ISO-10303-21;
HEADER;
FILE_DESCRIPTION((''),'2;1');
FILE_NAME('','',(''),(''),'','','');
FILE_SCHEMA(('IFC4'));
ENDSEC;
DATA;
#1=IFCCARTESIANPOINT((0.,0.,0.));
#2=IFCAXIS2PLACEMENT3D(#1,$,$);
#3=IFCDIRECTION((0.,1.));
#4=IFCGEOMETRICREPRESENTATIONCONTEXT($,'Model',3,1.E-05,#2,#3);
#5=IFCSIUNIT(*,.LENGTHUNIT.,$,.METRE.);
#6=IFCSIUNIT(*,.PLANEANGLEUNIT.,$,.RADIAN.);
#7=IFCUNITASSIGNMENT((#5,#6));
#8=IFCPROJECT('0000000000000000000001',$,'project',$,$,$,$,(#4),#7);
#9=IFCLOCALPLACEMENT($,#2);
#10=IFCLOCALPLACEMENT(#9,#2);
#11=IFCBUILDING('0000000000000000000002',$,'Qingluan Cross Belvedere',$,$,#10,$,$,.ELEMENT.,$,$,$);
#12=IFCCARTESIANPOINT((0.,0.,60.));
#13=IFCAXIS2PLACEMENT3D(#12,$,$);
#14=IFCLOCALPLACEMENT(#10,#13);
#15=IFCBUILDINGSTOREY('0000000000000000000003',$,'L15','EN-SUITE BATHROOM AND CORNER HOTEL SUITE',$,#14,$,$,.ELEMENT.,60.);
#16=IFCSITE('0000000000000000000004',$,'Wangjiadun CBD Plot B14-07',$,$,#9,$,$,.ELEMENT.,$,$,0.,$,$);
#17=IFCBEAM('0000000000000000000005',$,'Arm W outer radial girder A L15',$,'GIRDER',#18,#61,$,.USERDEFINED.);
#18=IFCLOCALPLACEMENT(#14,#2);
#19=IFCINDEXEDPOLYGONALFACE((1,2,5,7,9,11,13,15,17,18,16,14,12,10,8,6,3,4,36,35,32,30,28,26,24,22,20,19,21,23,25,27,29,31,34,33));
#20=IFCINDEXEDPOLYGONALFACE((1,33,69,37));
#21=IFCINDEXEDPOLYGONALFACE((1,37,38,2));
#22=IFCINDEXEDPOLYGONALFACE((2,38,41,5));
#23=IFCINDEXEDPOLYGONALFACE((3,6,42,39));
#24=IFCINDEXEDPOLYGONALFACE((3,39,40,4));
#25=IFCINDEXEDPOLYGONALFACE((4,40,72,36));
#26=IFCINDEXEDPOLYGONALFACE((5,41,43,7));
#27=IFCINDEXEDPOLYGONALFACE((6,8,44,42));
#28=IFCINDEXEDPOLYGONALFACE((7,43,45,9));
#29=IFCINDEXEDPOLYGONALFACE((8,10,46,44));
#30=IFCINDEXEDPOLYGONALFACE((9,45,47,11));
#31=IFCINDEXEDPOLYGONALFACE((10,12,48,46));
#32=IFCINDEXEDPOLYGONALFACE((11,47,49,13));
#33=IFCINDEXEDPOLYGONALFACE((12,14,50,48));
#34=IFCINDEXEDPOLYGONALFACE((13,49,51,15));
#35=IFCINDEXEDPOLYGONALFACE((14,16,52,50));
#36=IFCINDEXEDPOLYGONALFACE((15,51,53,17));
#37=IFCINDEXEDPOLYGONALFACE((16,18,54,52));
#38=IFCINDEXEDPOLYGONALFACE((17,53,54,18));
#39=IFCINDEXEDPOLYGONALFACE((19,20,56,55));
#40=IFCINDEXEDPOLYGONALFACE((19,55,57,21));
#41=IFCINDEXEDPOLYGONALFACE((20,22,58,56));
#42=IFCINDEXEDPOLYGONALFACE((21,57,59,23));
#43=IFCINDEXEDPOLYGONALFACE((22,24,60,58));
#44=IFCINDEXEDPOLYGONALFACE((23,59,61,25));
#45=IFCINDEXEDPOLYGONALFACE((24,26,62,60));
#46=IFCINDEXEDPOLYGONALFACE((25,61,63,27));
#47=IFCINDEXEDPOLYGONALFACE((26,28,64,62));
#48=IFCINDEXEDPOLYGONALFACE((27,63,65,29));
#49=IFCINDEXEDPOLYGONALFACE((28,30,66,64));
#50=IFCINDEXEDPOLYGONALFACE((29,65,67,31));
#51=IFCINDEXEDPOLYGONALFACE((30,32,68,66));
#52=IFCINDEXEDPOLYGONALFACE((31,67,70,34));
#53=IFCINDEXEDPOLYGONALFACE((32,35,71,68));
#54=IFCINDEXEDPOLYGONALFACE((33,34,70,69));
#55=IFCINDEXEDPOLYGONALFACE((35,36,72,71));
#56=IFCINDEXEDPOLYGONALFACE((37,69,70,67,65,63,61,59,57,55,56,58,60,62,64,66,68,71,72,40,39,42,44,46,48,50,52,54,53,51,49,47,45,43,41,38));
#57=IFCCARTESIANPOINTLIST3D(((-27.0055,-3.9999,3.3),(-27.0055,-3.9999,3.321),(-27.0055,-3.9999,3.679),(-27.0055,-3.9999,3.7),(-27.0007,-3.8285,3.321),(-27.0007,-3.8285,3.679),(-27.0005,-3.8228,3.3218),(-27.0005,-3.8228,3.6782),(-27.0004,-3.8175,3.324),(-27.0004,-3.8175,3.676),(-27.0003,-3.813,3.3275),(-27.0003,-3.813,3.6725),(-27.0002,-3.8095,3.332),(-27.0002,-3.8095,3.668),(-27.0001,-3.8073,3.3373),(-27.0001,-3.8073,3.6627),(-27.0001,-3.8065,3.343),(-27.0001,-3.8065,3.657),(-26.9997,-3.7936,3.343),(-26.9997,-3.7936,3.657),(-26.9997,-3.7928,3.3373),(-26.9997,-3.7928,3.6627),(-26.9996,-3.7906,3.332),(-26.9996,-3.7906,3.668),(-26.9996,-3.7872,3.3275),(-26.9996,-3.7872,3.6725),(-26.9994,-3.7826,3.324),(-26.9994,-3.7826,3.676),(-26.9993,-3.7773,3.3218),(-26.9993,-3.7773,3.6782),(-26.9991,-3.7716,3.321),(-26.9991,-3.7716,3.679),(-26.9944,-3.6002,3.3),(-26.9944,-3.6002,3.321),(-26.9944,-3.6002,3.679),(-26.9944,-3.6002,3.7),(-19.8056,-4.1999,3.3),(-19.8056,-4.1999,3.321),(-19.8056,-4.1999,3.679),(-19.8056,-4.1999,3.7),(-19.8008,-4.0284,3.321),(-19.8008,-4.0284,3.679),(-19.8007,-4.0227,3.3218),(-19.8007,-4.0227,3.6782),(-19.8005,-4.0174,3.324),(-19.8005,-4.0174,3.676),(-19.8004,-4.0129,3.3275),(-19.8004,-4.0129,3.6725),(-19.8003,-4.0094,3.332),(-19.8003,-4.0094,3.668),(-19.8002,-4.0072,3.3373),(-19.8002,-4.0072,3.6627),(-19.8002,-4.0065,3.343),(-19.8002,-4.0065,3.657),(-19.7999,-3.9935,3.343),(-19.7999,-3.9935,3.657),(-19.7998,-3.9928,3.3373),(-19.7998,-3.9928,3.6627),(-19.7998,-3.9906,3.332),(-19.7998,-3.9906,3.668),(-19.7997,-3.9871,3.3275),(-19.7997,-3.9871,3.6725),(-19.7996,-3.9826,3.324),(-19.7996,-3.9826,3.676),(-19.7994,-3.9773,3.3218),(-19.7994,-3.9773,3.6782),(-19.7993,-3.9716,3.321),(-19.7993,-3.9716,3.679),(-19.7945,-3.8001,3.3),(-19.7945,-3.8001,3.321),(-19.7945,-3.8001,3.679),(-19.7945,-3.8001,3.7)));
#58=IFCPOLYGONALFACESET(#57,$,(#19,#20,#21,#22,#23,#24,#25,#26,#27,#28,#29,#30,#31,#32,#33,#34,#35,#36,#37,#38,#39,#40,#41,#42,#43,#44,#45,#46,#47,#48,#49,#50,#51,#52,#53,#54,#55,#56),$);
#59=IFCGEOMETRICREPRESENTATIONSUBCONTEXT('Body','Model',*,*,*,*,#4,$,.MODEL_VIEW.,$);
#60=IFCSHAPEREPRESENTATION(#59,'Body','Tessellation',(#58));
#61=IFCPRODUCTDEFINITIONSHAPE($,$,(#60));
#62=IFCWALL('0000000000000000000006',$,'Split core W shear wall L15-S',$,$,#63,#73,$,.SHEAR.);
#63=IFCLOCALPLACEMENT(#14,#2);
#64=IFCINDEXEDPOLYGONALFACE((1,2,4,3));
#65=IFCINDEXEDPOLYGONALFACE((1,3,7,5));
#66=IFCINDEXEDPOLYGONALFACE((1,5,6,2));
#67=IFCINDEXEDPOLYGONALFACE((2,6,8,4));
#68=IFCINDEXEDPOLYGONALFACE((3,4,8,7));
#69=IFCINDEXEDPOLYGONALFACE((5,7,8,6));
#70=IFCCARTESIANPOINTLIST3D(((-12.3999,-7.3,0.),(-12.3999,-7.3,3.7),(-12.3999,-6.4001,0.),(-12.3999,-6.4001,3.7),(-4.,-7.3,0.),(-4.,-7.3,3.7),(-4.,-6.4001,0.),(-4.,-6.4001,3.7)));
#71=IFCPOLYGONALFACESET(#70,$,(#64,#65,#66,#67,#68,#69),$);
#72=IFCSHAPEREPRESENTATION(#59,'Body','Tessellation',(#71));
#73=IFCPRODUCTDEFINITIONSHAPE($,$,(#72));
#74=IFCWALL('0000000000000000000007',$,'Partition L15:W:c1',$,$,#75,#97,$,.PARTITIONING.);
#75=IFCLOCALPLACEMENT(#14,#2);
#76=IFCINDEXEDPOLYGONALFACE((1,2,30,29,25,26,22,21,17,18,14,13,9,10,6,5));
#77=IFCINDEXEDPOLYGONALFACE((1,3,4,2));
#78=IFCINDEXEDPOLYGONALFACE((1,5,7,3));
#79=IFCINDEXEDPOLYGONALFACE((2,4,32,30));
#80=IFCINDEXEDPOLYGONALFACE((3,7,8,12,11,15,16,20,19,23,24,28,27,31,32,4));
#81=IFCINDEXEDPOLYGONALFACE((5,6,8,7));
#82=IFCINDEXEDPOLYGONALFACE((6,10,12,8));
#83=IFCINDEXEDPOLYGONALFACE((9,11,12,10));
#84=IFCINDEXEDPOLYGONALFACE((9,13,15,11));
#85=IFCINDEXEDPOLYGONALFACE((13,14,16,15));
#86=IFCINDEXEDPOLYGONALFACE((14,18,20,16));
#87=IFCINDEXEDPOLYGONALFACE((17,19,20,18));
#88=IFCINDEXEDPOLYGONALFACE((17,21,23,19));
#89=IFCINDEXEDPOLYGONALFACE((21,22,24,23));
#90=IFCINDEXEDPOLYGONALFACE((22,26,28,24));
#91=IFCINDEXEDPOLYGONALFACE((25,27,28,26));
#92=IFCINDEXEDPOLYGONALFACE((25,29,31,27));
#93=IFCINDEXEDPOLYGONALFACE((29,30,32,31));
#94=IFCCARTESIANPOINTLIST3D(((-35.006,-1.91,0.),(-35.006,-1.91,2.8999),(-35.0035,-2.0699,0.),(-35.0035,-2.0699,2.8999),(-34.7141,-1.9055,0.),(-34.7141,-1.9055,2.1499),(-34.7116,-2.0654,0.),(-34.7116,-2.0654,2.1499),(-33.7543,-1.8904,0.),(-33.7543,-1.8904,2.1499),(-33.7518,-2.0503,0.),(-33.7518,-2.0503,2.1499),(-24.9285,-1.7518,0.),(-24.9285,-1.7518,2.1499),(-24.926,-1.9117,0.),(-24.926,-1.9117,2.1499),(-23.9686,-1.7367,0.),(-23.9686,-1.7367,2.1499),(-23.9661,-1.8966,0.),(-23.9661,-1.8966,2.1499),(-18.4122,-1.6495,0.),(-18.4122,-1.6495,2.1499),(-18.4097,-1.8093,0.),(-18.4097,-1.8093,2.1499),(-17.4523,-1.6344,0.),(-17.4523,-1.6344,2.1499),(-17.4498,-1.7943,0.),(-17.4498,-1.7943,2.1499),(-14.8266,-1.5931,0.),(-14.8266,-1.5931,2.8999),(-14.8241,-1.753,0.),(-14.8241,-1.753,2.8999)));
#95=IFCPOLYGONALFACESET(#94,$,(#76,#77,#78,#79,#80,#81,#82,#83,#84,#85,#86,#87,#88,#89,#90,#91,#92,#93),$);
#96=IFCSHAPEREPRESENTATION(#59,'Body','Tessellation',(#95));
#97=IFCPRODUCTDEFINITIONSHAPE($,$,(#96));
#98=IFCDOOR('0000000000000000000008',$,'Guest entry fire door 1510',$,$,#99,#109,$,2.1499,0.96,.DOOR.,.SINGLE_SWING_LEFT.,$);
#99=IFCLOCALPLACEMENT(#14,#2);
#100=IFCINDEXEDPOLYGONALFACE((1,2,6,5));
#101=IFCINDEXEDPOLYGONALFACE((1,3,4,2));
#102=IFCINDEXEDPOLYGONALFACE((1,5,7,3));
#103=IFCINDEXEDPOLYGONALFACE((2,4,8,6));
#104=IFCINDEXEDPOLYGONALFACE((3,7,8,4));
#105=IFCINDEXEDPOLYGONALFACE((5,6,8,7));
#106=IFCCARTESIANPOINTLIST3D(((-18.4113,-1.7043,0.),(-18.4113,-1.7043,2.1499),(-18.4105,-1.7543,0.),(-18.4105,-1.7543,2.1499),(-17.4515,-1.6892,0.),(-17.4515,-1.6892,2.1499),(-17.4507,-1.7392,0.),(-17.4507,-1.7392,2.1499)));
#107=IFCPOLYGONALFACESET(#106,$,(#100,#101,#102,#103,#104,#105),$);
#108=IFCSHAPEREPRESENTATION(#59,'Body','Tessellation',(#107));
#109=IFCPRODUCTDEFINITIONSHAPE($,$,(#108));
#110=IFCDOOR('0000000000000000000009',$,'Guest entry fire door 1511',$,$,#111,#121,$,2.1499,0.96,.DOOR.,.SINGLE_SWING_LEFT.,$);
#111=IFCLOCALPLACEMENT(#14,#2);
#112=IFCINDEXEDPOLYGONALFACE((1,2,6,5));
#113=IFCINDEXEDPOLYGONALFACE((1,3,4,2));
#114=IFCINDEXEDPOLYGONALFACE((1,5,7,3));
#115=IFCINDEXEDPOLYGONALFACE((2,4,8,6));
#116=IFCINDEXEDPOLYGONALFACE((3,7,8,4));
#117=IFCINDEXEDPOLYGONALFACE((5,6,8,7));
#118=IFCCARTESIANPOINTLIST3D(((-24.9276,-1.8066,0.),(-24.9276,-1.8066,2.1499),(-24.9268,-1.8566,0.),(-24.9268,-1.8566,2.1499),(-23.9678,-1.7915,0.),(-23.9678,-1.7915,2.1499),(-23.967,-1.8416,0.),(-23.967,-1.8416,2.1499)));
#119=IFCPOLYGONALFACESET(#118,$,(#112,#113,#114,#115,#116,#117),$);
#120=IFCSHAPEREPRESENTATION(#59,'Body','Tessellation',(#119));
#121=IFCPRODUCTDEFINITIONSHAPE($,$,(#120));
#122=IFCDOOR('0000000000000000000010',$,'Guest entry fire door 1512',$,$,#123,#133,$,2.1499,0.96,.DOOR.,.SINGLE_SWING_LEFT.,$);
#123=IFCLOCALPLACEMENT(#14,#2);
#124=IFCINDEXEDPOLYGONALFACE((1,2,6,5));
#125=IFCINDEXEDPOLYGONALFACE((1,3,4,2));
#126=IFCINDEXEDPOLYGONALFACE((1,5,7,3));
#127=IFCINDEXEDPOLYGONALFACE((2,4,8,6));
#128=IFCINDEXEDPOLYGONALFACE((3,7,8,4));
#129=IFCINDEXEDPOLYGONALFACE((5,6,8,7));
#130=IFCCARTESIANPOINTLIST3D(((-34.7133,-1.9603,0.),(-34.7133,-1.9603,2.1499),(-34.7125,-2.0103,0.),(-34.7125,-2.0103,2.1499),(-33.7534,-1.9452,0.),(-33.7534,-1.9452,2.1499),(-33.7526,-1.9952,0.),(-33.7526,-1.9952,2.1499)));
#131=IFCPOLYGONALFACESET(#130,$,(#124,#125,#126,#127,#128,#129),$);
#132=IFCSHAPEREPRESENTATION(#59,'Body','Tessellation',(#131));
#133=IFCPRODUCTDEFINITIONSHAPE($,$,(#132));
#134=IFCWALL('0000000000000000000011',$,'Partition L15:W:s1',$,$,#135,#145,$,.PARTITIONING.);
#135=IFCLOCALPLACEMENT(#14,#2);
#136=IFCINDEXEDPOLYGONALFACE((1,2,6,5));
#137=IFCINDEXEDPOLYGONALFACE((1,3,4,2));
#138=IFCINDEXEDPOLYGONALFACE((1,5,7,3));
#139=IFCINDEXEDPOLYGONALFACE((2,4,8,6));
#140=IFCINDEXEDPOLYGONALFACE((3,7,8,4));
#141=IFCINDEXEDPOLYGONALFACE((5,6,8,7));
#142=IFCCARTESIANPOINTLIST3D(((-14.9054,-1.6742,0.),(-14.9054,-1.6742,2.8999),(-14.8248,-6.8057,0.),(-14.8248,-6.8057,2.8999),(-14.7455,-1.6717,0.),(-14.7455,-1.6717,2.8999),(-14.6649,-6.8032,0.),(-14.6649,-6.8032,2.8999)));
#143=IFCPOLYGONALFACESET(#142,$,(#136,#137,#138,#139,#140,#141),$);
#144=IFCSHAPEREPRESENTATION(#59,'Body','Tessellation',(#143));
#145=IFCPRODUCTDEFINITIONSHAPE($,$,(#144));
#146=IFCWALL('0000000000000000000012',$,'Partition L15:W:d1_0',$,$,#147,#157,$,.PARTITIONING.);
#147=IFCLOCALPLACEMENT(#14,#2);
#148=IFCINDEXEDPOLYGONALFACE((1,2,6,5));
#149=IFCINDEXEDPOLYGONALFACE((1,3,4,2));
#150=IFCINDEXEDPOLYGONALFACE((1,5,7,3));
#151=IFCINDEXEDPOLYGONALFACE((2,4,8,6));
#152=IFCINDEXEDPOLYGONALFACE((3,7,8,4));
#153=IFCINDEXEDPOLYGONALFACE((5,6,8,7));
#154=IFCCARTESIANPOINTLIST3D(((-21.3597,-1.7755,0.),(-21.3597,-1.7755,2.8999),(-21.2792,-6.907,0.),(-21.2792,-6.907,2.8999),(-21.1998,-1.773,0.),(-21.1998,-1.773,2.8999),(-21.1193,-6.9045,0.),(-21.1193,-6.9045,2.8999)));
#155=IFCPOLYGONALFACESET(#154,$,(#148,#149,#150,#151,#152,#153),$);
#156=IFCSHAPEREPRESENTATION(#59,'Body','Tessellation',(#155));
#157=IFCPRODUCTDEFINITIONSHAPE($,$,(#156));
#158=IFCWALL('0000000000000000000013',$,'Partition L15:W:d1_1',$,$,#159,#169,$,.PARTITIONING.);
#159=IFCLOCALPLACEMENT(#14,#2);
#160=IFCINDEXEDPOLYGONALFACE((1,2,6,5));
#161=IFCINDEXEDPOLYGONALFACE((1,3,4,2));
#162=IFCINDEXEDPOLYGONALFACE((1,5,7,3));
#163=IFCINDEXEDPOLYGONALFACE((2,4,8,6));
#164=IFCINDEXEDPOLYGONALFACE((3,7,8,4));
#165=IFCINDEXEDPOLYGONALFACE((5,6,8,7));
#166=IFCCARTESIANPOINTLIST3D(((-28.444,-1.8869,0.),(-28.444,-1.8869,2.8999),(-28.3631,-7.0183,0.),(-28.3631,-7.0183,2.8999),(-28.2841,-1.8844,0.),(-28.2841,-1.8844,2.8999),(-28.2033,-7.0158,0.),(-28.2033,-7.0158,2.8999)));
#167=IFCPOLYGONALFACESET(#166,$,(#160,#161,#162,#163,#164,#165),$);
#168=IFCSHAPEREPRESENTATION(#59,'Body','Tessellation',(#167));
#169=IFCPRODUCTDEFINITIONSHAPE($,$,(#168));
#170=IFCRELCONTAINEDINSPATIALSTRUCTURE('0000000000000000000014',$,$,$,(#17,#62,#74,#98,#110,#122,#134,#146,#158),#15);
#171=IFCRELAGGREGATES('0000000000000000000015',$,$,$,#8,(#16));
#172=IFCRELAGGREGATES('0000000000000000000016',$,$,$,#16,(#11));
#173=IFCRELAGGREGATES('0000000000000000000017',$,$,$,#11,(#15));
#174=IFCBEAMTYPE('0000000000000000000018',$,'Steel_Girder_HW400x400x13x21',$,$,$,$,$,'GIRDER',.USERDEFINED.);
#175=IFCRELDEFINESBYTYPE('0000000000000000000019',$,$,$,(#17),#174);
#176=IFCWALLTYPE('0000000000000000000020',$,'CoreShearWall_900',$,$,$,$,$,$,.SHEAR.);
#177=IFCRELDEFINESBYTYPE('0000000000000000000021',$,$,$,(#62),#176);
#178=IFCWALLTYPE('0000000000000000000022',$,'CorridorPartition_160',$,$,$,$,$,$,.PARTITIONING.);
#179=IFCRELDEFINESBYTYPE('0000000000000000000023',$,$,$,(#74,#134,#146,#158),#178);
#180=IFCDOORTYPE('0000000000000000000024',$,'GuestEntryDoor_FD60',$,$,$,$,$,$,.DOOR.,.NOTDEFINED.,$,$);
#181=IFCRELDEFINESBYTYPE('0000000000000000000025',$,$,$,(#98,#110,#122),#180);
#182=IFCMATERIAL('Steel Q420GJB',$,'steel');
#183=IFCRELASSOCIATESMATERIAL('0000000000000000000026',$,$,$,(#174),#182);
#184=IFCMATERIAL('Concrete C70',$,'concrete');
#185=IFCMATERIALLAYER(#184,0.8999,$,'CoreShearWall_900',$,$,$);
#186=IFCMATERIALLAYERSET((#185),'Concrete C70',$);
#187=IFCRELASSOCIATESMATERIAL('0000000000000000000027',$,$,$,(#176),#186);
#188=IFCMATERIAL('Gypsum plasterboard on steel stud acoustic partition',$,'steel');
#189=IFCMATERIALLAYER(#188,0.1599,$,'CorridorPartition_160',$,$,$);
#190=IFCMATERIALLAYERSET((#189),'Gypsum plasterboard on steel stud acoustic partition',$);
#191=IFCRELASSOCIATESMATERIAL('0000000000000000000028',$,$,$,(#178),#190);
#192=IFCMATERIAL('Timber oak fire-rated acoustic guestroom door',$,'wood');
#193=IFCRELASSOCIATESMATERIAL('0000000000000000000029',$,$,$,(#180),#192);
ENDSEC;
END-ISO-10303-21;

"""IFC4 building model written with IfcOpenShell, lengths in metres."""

from ifc_helpers import new_model, si_unit, direction, frame, frame_2d, origin, origin_2d, place, context, subcontext, project, spatial, rectangle, i_section, extrude, material, layer, layer_set, material_profile, profile_set, type_object, element, fill, save


model = new_model("IFC4")

# Units and contexts
model_context = context("Model", 3, precision=1e-05, world=origin(), true_north=direction((0.0, 1.0)))
body_context = subcontext(model_context, "Body", "Model", "MODEL_VIEW")
ifc_project = project(units=[si_unit("LENGTHUNIT", "METRE"), si_unit("PLANEANGLEUNIT", "RADIAN")], contexts=[model_context])

# Site, building, storey
site_placement = place(None, origin())
site = spatial("IfcSite", under=ifc_project, at=site_placement, Name="Wangjiadun CBD Plot B14-07", CompositionType="ELEMENT", RefElevation=0.0)
building_placement = place(site_placement, origin())
building = spatial("IfcBuilding", under=site, at=building_placement, Name="Qingluan Cross Belvedere", CompositionType="ELEMENT")
storey_placement = place(building_placement, frame((0.0, 0.0, 60.0)))
storey = spatial("IfcBuildingStorey", under=building, at=storey_placement, Name="L15", Description="EN-SUITE BATHROOM AND CORNER HOTEL SUITE", CompositionType="ELEMENT", Elevation=60.0)

# Beam
ifc_material_1 = material(Name="Steel Q420GJB", Category="steel")
ifc_material_profile_1 = material_profile(ifc_material_1, i_section(OverallWidth=0.3999, OverallDepth=0.3999, WebThickness=0.0129, FlangeThickness=0.021, FilletRadius=0.022, at=origin_2d()), Name="HW400x400x13x21")
ifc_profile_set_1 = profile_set([ifc_material_profile_1], Name="Steel Q420GJB")
beam_type_1 = type_object("IfcBeamType", Name="Steel_Girder_HW400x400x13x21", ElementType="GIRDER", PredefinedType="USERDEFINED", material=ifc_profile_set_1)
beam_1_placement = place(storey_placement, frame((-19.8, -4.0, 3.5), z_axis=(-0.999615, 0.02776, 0.0), x_axis=(-0.02776, -0.999615, 0.0)))
element("IfcBeam", 1, at=beam_1_placement, inside=storey, type_object=beam_type_1, Name="Arm W outer radial girder A L15", ObjectType="GIRDER", PredefinedType="USERDEFINED", context=body_context, shape_type="SweptSolid", body=[
    extrude(i_section(OverallWidth=0.3999, OverallDepth=0.3999, WebThickness=0.0129, FlangeThickness=0.021, FilletRadius=0.022, at=origin_2d()), origin(), (0.0, 0.0, 1.0), 7.2026),
])

# Wall
ifc_material_2 = material(Name="Concrete C70", Category="concrete")
ifc_layer_1 = layer(ifc_material_2, 0.8999, Name="CoreShearWall_900")
ifc_layer_set_1 = layer_set([ifc_layer_1], Name="Concrete C70")
wall_type_1 = type_object("IfcWallType", Name="CoreShearWall_900", PredefinedType="SHEAR", material=ifc_layer_set_1)
wall_1_placement = place(storey_placement, frame((-12.3999, -6.8501, 0.0), z_axis=(0.0, 0.0, 1.0), x_axis=(1.0, 0.0, 0.0)))
element("IfcWall", 2, at=wall_1_placement, inside=storey, type_object=wall_type_1, Name="Split core W shear wall L15-S", PredefinedType="SHEAR", context=body_context, shape_type="SweptSolid", body=[
    extrude(rectangle(XDim=8.3999, YDim=0.8999, at=frame_2d((4.2, 0.0))), origin(), (0.0, 0.0, 1.0), 3.7),
])

# Wall, openings, doors
ifc_material_3 = material(Name="Gypsum plasterboard on steel stud acoustic partition", Category="steel")
ifc_layer_2 = layer(ifc_material_3, 0.1599, Name="CorridorPartition_160")
ifc_layer_set_2 = layer_set([ifc_layer_2], Name="Gypsum plasterboard on steel stud acoustic partition")
wall_type_2 = type_object("IfcWallType", Name="CorridorPartition_160", PredefinedType="PARTITIONING", material=ifc_layer_set_2)
wall_2_placement = place(storey_placement, frame((-14.8254, -1.6731, 0.0), z_axis=(0.0, 0.0, 1.0), x_axis=(-0.999877, -0.015702, 0.0)))
wall_2 = element("IfcWall", 3, at=wall_2_placement, inside=storey, type_object=wall_type_2, Name="Partition L15:W:c1", PredefinedType="PARTITIONING", context=body_context, shape_type="SweptSolid", body=[
    extrude(rectangle(XDim=20.1819, YDim=0.1599, at=frame_2d((10.0908, 0.0))), origin(), (0.0, 0.0, 1.0), 2.8999),
])
opening_1_placement = place(wall_2_placement, frame((2.626, 0.0, 0.0)))
opening_1 = element("IfcOpeningElement", 4, at=opening_1_placement, cuts=wall_2, PredefinedType="OPENING", context=body_context, shape_type="SweptSolid", body=[
    extrude(rectangle(XDim=0.96, YDim=2.1499, at=frame_2d((0.48, 1.075))), frame((0.0, 0.0898, 0.0), z_axis=(0.0, -1.0, 0.0), x_axis=(1.0, 0.0, 0.0)), (0.0, 0.0, 1.0), 0.1799),
])
opening_2_placement = place(wall_2_placement, frame((9.1431, 0.0, 0.0)))
opening_2 = element("IfcOpeningElement", 5, at=opening_2_placement, cuts=wall_2, PredefinedType="OPENING", context=body_context, shape_type="SweptSolid", body=[
    extrude(rectangle(XDim=0.96, YDim=2.1499, at=frame_2d((0.48, 1.075))), frame((0.0, 0.0898, 0.0), z_axis=(0.0, -1.0, 0.0), x_axis=(1.0, 0.0, 0.0)), (0.0, 0.0, 1.0), 0.1799),
])
opening_3_placement = place(wall_2_placement, frame((18.9299, 0.0, 0.0)))
opening_3 = element("IfcOpeningElement", 6, at=opening_3_placement, cuts=wall_2, PredefinedType="OPENING", context=body_context, shape_type="SweptSolid", body=[
    extrude(rectangle(XDim=0.96, YDim=2.1499, at=frame_2d((0.48, 1.075))), frame((0.0, 0.0898, 0.0), z_axis=(0.0, -1.0, 0.0), x_axis=(1.0, 0.0, 0.0)), (0.0, 0.0, 1.0), 0.1799),
])
ifc_material_4 = material(Name="Timber oak fire-rated acoustic guestroom door", Category="wood")
door_type_1 = type_object("IfcDoorType", Name="GuestEntryDoor_FD60", OperationType="NOTDEFINED", PredefinedType="DOOR", material=ifc_material_4)
door_1_placement = place(opening_1_placement, origin())
door_1 = element("IfcDoor", 7, at=door_1_placement, inside=storey, type_object=door_type_1, Name="Guest entry fire door 1510", OperationType="SINGLE_SWING_LEFT", OverallHeight=2.1499, OverallWidth=0.96, PredefinedType="DOOR", context=body_context, shape_type="SweptSolid", body=[
    extrude(rectangle(XDim=0.96, YDim=2.1499, at=frame_2d((0.48, 1.075))), frame((0.0, 0.0249, 0.0), z_axis=(0.0, -1.0, 0.0), x_axis=(1.0, 0.0, 0.0)), (0.0, 0.0, 1.0), 0.05),
])
fill(opening_1, door_1)
door_2_placement = place(opening_2_placement, origin())
door_2 = element("IfcDoor", 8, at=door_2_placement, inside=storey, type_object=door_type_1, Name="Guest entry fire door 1511", OperationType="SINGLE_SWING_LEFT", OverallHeight=2.1499, OverallWidth=0.96, PredefinedType="DOOR", context=body_context, shape_type="SweptSolid", body=[
    extrude(rectangle(XDim=0.96, YDim=2.1499, at=frame_2d((0.48, 1.075))), frame((0.0, 0.0249, 0.0), z_axis=(0.0, -1.0, 0.0), x_axis=(1.0, 0.0, 0.0)), (0.0, 0.0, 1.0), 0.05),
])
fill(opening_2, door_2)
door_3_placement = place(opening_3_placement, origin())
door_3 = element("IfcDoor", 9, at=door_3_placement, inside=storey, type_object=door_type_1, Name="Guest entry fire door 1512", OperationType="SINGLE_SWING_LEFT", OverallHeight=2.1499, OverallWidth=0.96, PredefinedType="DOOR", context=body_context, shape_type="SweptSolid", body=[
    extrude(rectangle(XDim=0.96, YDim=2.1499, at=frame_2d((0.48, 1.075))), frame((0.0, 0.0249, 0.0), z_axis=(0.0, -1.0, 0.0), x_axis=(1.0, 0.0, 0.0)), (0.0, 0.0, 1.0), 0.05),
])
fill(opening_3, door_3)

# Walls
for number, where, z_axis, x_axis, name in (
    (10, (-14.8254, -1.6731, 0.0), (0.0, 0.0, 1.0), (0.015699, -0.999877, 0.0), "Partition L15:W:s1"),
    (11, (-21.2798, -1.7744, 0.0), (0.0, 0.0, 1.0), (0.015699, -0.999877, 0.0), "Partition L15:W:d1_0"),
    (12, (-28.364, -1.8857, 0.0), (0.0, 0.0, 1.0), (0.015746, -0.999876, 0.0), "Partition L15:W:d1_1"),
):
    element("IfcWall", number, at=place(storey_placement, frame(where, z_axis=z_axis, x_axis=x_axis)), inside=storey, type_object=wall_type_2, Name=name, PredefinedType="PARTITIONING", context=body_context, shape_type="SweptSolid", body=[
        extrude(rectangle(XDim=5.1321, YDim=0.1599, at=frame_2d((2.5659, 0.0))), origin(), (0.0, 0.0, 1.0), 2.8999),
    ])

save(model, "model.ifc")
